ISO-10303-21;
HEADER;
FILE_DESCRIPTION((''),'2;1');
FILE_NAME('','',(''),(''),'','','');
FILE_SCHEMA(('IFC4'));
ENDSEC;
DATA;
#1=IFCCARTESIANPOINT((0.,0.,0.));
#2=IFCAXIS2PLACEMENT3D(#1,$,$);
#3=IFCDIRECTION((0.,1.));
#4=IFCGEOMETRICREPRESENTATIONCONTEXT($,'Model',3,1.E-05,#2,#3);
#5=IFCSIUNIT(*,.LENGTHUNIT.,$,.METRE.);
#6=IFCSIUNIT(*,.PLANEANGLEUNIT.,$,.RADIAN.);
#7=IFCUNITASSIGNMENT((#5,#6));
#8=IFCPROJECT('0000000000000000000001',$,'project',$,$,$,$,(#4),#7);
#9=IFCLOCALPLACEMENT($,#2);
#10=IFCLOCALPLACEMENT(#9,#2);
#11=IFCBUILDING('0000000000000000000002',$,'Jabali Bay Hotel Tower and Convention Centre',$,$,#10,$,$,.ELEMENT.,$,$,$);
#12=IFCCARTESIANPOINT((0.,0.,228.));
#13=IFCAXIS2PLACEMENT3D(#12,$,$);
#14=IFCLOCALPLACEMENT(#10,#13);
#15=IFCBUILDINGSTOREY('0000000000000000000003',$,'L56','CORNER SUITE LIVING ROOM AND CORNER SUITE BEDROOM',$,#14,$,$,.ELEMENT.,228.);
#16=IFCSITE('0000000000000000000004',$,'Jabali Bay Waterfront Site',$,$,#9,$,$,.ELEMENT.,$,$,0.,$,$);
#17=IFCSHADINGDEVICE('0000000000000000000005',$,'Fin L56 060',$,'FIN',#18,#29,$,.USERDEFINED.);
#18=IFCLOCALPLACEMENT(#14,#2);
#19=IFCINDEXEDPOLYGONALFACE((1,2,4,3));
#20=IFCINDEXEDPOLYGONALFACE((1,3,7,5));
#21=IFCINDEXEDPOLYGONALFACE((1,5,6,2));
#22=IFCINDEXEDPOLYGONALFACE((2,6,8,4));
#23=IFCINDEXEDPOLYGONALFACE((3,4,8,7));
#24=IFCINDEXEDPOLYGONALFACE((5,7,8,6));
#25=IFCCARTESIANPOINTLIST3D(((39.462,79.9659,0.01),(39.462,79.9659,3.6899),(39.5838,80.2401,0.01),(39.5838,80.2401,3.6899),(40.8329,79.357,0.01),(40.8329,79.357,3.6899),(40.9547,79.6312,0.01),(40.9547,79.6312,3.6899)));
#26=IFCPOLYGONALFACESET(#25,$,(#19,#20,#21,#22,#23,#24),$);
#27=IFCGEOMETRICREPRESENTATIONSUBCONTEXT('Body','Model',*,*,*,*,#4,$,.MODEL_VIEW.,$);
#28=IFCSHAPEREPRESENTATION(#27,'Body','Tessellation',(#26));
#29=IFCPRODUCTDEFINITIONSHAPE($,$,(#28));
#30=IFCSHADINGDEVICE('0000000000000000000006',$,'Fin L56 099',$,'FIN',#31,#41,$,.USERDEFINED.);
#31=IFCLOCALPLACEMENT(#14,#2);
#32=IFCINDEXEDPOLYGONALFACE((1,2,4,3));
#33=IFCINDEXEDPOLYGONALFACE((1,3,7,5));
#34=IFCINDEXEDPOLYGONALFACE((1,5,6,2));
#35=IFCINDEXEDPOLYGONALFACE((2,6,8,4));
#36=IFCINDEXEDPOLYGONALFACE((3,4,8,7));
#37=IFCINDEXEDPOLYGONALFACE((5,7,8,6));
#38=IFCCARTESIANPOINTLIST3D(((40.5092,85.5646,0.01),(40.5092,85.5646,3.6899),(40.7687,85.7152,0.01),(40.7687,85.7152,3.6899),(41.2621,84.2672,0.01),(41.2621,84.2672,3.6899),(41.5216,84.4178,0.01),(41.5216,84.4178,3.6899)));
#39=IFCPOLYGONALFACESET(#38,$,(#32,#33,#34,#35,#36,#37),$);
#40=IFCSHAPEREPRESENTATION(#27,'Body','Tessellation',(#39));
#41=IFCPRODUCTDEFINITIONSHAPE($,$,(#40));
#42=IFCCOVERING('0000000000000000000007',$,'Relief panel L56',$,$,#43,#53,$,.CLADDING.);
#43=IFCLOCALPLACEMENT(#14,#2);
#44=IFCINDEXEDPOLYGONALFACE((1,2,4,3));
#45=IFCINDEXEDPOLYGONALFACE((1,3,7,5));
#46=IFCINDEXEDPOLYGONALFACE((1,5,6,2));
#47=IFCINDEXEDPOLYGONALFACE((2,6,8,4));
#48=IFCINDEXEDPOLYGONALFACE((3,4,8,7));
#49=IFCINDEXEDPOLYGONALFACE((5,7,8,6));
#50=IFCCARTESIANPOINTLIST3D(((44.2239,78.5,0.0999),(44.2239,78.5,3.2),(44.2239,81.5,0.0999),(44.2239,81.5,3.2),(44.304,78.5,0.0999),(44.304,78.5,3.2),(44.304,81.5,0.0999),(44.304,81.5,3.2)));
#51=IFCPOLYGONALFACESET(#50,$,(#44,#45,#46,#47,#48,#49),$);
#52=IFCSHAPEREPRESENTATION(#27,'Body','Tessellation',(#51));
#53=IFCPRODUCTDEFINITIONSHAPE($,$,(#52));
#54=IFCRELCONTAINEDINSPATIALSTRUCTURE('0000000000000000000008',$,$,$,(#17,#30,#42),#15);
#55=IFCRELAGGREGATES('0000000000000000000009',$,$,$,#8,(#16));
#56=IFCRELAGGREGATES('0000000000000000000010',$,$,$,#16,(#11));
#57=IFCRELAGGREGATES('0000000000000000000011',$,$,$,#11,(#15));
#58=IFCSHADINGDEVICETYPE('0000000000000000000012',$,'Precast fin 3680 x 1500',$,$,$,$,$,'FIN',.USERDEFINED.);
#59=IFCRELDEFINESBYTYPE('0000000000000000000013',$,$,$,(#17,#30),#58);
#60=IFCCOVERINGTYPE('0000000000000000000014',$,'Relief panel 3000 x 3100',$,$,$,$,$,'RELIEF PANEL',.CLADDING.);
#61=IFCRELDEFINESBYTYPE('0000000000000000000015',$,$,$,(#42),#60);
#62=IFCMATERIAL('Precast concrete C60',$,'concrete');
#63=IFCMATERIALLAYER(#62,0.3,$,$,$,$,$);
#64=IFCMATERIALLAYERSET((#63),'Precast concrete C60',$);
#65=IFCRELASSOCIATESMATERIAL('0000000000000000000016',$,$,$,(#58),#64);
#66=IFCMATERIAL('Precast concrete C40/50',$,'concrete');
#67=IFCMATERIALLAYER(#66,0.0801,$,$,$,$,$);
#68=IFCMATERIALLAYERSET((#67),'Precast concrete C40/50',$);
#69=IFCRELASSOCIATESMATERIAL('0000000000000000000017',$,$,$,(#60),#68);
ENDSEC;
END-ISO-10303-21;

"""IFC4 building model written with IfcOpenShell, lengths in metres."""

from ifc_helpers import new_model, si_unit, direction, frame, frame_2d, origin, origin_2d, place, context, subcontext, project, spatial, rectangle, extrude, material, layer, layer_set, type_object, element, save


model = new_model("IFC4")

# Units and contexts
model_context = context("Model", 3, precision=1e-05, world=origin(), true_north=direction((0.0, 1.0)))
body_context = subcontext(model_context, "Body", "Model", "MODEL_VIEW")
ifc_project = project(units=[si_unit("LENGTHUNIT", "METRE"), si_unit("PLANEANGLEUNIT", "RADIAN")], contexts=[model_context])

# Site, building, storey
site_placement = place(None, origin())
site = spatial("IfcSite", under=ifc_project, at=site_placement, Name="Jabali Bay Waterfront Site", CompositionType="ELEMENT", RefElevation=0.0)
building_placement = place(site_placement, origin())
building = spatial("IfcBuilding", under=site, at=building_placement, Name="Jabali Bay Hotel Tower and Convention Centre", CompositionType="ELEMENT")
storey_placement = place(building_placement, frame((0.0, 0.0, 228.0)))
storey = spatial("IfcBuildingStorey", under=building, at=storey_placement, Name="L56", Description="CORNER SUITE LIVING ROOM AND CORNER SUITE BEDROOM", CompositionType="ELEMENT", Elevation=228.0)

# Shading devices
ifc_material_1 = material(Name="Precast concrete C60", Category="concrete")
ifc_layer_1 = layer(ifc_material_1, 0.3)
ifc_layer_set_1 = layer_set([ifc_layer_1], Name="Precast concrete C60")
shading_device_type = type_object("IfcShadingDeviceType", Name="Precast fin 3680 x 1500", ElementType="FIN", PredefinedType="USERDEFINED", material=ifc_layer_set_1)
for number, where, z_axis, x_axis, name in (
    (1, (40.8938, 79.4941, 0.01), (0.0, 0.0, 1.0), (-0.913905, 0.405927, 0.0), "Fin L56 060"),
    (2, (41.3918, 84.3425, 0.01), (0.0, 0.0, 1.0), (-0.501947, 0.864898, 0.0), "Fin L56 099"),
):
    element("IfcShadingDevice", number, at=place(storey_placement, frame(where, z_axis=z_axis, x_axis=x_axis)), inside=storey, type_object=shading_device_type, Name=name, ObjectType="FIN", PredefinedType="USERDEFINED", context=body_context, shape_type="SweptSolid", body=[
        extrude(rectangle(XDim=1.5, YDim=0.3, at=frame_2d((0.75, 0.0))), origin(), (0.0, 0.0, 1.0), 3.6799),
    ])

# Covering
ifc_material_2 = material(Name="Precast concrete C40/50", Category="concrete")
ifc_layer_2 = layer(ifc_material_2, 0.0801)
ifc_layer_set_2 = layer_set([ifc_layer_2], Name="Precast concrete C40/50")
covering_type = type_object("IfcCoveringType", Name="Relief panel 3000 x 3100", ElementType="RELIEF PANEL", PredefinedType="CLADDING", material=ifc_layer_set_2)
covering_placement = place(storey_placement, frame((44.2639, 80.0, 0.0999), z_axis=(0.0, 0.0, 1.0), x_axis=(0.0, 1.0, 0.0)))
element("IfcCovering", 3, at=covering_placement, inside=storey, type_object=covering_type, Name="Relief panel L56", PredefinedType="CLADDING", context=body_context, shape_type="SweptSolid", body=[
    extrude(rectangle(XDim=3.0, YDim=0.0801, at=origin_2d()), origin(), (0.0, 0.0, 1.0), 3.1001),
])

save(model, "model.ifc")
